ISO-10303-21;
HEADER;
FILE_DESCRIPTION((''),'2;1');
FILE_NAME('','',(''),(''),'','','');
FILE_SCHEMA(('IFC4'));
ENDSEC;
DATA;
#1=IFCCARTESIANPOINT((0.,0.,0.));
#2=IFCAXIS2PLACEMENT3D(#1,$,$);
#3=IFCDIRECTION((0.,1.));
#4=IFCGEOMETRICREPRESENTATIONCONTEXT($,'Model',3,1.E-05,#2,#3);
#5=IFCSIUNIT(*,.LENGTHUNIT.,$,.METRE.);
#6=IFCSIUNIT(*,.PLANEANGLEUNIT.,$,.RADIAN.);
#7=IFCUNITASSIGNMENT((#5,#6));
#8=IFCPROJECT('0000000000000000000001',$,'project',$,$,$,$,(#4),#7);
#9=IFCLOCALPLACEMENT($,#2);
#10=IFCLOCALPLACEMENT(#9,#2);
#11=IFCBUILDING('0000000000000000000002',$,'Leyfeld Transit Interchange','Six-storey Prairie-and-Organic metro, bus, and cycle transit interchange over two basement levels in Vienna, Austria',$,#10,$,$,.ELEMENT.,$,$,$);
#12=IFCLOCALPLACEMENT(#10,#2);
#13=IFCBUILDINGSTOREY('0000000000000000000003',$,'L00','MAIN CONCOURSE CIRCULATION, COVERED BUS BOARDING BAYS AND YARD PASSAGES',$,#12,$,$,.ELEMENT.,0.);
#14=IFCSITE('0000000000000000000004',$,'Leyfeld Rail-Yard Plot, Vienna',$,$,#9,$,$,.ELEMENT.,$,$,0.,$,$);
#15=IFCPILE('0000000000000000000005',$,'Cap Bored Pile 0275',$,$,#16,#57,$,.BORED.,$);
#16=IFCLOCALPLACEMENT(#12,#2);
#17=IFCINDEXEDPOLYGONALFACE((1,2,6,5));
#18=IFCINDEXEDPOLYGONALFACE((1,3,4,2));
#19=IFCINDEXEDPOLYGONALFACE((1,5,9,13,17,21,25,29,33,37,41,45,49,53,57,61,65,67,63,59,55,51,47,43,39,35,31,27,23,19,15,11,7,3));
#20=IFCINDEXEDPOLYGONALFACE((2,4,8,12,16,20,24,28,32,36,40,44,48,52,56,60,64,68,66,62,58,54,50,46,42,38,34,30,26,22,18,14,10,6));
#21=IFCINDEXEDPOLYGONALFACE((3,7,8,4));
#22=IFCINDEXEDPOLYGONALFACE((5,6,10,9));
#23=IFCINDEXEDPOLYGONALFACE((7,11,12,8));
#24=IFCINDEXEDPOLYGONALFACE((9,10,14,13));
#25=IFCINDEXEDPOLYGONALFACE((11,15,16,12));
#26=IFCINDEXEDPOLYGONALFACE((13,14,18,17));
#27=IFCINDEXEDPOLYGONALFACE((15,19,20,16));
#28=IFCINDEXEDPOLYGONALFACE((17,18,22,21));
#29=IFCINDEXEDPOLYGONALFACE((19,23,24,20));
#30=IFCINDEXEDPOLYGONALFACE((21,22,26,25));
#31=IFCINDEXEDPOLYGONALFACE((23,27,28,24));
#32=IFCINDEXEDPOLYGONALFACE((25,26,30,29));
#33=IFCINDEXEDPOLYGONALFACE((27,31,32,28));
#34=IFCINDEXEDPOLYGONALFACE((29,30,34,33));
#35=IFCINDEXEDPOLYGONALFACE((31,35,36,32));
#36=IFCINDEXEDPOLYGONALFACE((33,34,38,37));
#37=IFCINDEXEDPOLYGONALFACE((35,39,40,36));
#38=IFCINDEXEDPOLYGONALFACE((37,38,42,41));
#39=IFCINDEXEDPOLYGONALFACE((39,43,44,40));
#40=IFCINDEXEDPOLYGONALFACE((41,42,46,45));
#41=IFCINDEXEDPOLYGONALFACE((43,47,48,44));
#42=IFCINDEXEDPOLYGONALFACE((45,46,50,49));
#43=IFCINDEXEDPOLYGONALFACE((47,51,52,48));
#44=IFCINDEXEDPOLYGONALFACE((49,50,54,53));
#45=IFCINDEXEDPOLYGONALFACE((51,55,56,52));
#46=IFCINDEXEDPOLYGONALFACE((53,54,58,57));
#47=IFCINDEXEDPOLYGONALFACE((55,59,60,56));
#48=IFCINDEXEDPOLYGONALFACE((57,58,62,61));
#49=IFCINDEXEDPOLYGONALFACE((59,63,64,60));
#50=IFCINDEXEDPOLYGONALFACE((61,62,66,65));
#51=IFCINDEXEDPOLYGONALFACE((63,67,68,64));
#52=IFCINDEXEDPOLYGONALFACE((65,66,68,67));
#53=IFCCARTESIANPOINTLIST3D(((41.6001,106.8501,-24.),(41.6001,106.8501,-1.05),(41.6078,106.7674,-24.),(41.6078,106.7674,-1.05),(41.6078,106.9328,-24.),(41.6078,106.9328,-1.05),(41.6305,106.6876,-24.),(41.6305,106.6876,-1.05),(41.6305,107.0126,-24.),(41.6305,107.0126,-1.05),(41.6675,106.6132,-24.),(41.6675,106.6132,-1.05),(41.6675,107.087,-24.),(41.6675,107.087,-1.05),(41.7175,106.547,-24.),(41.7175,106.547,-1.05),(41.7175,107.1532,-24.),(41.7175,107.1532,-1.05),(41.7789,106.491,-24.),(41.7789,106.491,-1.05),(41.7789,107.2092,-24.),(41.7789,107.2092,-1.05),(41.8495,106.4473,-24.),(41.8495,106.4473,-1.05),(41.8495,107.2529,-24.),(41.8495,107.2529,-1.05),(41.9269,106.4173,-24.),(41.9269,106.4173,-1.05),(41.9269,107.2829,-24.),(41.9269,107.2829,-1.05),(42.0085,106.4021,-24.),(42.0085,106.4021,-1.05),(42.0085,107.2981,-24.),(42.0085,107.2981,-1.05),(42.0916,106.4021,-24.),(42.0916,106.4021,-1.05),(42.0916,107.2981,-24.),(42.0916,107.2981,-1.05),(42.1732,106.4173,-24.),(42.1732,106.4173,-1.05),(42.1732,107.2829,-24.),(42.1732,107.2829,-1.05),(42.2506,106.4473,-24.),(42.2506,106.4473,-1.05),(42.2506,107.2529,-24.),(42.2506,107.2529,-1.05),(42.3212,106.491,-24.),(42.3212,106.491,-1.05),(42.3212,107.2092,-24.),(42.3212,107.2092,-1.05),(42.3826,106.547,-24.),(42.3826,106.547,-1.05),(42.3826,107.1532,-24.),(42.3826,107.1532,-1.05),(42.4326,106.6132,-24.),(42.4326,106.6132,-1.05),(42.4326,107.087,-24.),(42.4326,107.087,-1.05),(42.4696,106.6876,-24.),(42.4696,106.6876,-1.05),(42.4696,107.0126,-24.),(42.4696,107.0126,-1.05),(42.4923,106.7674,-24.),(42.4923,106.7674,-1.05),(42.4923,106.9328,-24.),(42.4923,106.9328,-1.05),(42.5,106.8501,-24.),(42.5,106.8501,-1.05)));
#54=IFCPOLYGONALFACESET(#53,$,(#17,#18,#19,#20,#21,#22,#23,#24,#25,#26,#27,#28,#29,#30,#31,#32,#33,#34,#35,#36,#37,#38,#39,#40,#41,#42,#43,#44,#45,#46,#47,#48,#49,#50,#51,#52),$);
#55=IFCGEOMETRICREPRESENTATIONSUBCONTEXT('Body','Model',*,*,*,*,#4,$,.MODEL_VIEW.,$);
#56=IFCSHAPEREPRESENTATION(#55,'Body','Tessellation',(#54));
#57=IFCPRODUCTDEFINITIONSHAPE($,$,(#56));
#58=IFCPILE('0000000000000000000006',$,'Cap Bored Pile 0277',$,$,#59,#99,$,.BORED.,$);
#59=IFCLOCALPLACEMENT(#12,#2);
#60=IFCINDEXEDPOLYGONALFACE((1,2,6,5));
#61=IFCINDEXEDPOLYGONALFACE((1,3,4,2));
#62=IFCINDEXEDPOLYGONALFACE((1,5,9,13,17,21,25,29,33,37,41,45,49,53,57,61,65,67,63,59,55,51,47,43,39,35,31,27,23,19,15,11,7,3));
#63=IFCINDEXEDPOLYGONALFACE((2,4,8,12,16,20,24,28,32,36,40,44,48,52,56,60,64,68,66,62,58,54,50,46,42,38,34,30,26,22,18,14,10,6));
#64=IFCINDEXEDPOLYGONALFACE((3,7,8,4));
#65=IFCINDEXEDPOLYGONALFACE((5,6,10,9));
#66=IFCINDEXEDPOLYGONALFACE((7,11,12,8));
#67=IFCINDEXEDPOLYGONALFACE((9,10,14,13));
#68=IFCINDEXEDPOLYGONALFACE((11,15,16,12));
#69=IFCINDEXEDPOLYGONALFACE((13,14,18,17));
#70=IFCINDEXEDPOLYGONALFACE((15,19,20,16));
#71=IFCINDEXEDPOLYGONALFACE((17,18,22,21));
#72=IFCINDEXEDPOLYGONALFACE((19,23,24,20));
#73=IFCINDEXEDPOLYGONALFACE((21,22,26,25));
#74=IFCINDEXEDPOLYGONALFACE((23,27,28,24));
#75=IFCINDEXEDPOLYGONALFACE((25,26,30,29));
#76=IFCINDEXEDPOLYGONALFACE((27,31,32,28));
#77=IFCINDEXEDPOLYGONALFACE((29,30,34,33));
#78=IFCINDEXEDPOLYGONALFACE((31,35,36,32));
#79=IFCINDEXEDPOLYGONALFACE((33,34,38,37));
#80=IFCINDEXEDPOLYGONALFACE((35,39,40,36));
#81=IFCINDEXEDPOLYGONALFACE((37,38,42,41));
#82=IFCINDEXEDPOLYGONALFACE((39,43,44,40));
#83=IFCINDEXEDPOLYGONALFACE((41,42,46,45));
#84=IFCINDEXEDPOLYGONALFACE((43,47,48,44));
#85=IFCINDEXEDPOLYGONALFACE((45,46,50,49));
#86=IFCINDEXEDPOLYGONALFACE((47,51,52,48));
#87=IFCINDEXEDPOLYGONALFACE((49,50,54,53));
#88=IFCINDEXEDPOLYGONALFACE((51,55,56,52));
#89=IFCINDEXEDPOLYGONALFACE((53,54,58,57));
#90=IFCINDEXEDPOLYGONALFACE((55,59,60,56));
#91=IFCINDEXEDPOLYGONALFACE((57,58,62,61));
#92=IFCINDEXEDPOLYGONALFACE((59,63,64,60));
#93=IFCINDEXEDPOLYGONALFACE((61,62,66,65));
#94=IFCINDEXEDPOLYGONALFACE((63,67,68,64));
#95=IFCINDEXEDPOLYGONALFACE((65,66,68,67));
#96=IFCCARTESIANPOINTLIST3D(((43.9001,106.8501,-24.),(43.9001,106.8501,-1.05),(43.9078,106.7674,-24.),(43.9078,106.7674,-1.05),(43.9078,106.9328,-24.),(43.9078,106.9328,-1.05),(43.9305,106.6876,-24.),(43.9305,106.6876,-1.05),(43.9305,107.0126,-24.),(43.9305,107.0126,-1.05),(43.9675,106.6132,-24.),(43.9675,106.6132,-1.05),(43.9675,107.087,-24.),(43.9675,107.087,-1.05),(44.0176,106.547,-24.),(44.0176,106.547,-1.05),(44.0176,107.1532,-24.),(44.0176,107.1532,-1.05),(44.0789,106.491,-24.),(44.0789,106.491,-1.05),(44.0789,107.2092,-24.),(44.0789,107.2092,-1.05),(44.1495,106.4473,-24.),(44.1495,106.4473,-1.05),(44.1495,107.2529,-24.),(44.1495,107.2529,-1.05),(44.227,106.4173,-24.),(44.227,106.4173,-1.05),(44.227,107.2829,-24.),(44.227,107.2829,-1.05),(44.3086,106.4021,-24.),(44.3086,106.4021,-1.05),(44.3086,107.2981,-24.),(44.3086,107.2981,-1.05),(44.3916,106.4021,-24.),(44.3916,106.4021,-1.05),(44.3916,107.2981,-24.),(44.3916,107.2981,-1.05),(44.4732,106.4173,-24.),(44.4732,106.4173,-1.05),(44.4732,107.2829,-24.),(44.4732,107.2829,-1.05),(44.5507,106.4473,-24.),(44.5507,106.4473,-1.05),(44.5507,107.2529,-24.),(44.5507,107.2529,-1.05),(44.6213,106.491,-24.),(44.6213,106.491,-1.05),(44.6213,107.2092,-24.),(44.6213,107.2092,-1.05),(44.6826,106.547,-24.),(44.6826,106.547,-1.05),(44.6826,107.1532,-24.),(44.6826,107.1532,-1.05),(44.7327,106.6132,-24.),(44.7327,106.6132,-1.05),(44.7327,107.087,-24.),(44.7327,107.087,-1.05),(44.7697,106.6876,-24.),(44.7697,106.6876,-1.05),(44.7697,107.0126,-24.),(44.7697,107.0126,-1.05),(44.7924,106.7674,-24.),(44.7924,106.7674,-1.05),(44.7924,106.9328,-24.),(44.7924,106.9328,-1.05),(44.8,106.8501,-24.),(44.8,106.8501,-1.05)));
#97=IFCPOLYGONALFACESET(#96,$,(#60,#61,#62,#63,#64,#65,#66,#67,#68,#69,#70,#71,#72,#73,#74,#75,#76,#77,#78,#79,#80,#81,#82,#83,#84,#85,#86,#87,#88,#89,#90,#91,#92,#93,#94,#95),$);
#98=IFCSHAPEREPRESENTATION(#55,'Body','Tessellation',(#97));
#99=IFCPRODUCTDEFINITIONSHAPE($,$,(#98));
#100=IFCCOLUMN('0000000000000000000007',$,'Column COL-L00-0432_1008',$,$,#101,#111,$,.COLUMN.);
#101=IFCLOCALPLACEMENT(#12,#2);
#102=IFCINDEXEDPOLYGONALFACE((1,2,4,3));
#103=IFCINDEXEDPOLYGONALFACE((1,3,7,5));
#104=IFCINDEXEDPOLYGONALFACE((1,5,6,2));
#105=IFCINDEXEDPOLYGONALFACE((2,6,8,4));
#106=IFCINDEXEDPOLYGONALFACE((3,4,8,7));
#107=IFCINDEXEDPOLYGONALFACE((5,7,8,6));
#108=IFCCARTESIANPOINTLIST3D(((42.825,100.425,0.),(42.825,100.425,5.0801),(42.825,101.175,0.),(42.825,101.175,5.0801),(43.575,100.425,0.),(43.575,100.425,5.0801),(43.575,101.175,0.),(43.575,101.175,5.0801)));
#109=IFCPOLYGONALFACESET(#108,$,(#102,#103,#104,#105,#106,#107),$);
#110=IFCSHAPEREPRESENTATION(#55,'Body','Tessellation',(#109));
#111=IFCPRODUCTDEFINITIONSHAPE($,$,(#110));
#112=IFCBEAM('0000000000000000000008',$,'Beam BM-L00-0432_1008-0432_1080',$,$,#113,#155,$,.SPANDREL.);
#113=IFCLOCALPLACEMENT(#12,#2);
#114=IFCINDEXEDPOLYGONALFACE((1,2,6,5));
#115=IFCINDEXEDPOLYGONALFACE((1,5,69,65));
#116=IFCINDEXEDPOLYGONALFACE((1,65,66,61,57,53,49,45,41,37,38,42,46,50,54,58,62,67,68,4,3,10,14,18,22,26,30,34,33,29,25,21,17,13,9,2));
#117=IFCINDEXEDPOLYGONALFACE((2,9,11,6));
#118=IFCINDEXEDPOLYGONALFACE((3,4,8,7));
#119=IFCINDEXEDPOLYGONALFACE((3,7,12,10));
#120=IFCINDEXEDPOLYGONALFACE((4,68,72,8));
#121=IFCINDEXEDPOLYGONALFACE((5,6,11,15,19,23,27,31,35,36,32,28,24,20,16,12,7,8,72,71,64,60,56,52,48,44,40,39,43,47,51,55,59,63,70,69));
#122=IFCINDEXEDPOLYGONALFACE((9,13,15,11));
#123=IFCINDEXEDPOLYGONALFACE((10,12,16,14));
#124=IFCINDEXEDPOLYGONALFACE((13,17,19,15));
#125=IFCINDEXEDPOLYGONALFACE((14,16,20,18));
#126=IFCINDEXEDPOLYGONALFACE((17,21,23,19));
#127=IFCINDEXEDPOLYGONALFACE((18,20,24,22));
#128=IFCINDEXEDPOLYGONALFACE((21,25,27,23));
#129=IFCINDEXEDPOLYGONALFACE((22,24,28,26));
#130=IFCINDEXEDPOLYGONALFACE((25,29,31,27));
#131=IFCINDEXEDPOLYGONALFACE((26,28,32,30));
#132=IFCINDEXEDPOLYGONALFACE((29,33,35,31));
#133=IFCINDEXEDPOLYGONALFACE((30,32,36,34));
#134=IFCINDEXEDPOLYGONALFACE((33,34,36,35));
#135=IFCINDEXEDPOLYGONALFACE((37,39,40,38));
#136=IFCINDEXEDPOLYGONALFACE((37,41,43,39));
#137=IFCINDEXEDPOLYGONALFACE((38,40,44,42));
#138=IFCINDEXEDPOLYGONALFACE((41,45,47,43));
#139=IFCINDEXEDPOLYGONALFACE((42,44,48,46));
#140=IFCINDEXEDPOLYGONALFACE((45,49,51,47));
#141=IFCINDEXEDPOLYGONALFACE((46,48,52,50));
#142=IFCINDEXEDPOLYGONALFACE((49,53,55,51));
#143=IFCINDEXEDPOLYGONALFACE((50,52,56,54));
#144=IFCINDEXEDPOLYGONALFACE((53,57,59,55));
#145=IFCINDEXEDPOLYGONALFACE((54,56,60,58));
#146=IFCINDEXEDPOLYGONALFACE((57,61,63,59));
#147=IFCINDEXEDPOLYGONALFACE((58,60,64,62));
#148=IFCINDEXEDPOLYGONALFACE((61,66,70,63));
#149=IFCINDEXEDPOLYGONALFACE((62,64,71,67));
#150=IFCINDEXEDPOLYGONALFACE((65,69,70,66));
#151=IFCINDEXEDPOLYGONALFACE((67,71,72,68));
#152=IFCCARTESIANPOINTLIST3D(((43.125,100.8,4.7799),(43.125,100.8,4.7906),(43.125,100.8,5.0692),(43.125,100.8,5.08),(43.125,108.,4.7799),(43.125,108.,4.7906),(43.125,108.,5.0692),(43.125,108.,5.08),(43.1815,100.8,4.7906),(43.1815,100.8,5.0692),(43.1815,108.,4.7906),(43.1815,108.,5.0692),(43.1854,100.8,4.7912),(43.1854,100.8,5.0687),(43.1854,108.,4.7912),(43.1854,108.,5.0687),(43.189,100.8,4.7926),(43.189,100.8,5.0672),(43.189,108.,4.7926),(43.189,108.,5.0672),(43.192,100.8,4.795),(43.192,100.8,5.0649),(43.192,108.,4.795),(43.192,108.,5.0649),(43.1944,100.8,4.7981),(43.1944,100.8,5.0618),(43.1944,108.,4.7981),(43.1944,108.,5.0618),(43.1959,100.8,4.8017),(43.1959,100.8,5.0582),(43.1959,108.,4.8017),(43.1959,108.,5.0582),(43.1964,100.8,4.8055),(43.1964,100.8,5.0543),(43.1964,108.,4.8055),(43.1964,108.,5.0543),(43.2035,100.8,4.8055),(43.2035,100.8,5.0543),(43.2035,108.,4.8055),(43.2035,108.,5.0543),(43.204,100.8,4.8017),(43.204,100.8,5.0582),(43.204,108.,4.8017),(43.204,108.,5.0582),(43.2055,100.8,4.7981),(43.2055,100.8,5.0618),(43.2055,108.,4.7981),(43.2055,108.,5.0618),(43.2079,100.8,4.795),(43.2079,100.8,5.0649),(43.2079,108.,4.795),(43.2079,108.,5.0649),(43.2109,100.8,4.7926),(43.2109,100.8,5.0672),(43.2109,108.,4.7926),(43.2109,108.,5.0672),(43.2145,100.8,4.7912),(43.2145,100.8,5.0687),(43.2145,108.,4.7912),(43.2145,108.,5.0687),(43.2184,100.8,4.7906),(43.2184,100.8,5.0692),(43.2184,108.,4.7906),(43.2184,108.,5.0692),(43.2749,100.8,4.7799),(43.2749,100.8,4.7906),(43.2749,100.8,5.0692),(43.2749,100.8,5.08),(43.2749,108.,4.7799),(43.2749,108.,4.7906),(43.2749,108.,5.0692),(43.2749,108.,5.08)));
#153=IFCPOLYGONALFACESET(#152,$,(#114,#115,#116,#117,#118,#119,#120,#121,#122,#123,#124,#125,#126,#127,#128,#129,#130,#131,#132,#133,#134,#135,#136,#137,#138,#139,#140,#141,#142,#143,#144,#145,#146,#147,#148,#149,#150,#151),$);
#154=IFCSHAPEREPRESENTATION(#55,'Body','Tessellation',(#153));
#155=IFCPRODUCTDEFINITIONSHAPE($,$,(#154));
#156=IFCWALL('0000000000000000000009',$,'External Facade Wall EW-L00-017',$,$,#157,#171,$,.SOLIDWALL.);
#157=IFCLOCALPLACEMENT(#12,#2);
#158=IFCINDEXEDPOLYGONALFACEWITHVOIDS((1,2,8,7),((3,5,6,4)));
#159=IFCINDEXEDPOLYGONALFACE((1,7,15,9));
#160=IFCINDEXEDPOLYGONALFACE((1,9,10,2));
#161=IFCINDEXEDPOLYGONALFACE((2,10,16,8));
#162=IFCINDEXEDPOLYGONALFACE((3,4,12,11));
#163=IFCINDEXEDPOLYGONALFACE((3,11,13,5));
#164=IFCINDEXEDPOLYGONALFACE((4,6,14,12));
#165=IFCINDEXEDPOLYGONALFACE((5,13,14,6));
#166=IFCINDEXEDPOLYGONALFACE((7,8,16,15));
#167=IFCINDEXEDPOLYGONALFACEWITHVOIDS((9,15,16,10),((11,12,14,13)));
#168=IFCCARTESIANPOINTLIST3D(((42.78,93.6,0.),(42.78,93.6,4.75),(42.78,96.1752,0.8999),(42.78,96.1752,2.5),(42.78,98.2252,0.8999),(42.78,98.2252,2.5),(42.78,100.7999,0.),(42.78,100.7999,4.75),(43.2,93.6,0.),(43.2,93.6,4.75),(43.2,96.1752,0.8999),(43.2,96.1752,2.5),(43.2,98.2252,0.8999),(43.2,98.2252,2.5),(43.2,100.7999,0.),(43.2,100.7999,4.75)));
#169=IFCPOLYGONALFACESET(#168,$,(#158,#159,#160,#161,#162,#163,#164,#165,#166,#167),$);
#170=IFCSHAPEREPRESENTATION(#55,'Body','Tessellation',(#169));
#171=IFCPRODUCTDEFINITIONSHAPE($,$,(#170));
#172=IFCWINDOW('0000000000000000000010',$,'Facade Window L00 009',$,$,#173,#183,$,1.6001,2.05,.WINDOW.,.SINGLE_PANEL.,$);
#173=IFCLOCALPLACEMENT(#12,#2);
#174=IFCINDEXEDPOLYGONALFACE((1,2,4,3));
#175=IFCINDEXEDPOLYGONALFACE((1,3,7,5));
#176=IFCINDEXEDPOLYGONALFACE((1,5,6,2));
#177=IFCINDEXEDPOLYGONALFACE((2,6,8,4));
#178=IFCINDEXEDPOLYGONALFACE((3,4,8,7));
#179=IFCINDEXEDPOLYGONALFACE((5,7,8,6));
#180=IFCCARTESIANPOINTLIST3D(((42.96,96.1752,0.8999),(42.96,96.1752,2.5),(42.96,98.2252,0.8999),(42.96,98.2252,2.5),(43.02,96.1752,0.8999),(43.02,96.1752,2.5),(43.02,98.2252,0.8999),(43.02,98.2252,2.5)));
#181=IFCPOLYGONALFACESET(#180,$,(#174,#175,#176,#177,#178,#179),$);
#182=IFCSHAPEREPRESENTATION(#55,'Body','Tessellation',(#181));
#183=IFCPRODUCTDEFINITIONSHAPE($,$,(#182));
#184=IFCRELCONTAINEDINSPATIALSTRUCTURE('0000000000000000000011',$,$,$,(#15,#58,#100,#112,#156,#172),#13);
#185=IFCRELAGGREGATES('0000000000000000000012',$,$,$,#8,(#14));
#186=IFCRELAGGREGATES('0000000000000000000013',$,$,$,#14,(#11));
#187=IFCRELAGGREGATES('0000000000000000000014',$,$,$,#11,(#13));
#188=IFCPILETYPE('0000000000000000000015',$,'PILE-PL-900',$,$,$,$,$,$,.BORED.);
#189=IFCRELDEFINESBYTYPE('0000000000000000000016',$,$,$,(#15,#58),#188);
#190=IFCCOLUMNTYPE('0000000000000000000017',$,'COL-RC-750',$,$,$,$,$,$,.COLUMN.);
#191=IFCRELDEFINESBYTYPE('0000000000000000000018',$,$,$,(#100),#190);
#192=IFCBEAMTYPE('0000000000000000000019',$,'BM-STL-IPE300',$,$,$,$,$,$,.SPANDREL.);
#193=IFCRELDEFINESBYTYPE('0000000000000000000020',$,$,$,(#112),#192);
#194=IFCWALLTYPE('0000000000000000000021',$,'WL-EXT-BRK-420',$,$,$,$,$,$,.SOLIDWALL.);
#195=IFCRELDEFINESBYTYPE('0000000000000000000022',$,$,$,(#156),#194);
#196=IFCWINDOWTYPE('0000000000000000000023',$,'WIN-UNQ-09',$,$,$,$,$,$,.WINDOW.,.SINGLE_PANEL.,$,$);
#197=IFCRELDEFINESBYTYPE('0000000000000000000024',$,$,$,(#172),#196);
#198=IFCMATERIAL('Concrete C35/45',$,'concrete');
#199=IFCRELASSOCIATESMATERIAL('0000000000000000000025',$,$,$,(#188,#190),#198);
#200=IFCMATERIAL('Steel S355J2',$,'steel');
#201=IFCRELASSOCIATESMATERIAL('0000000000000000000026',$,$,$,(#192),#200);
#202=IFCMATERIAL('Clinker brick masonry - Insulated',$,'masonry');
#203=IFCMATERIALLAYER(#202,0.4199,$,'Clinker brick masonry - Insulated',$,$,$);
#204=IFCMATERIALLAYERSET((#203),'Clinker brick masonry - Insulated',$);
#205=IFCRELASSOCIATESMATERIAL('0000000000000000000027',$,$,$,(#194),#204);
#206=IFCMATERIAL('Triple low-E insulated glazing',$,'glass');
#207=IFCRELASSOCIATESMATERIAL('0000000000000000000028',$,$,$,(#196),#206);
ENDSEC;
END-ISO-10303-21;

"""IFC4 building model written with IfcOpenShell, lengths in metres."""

from ifc_helpers import new_model, si_unit, direction, frame, frame_2d, origin, origin_2d, place, context, subcontext, project, spatial, rectangle, circle, i_section, extrude, material, layer, layer_set, material_profile, profile_set, type_object, element, fill, save


model = new_model("IFC4")

# Units and contexts
model_context = context("Model", 3, precision=1e-05, world=origin(), true_north=direction((0.0, 1.0)))
body_context = subcontext(model_context, "Body", "Model", "MODEL_VIEW")
ifc_project = project(units=[si_unit("LENGTHUNIT", "METRE"), si_unit("PLANEANGLEUNIT", "RADIAN")], contexts=[model_context])

# Site, building, storey
site_placement = place(None, origin())
site = spatial("IfcSite", under=ifc_project, at=site_placement, Name="Leyfeld Rail-Yard Plot, Vienna", CompositionType="ELEMENT", RefElevation=0.0)
building_placement = place(site_placement, origin())
building = spatial("IfcBuilding", under=site, at=building_placement, Name="Leyfeld Transit Interchange", Description="Six-storey Prairie-and-Organic metro, bus, and cycle transit interchange over two basement levels in Vienna, Austria", CompositionType="ELEMENT")
storey_placement = place(building_placement, origin())
storey = spatial("IfcBuildingStorey", under=building, at=storey_placement, Name="L00", Description="MAIN CONCOURSE CIRCULATION, COVERED BUS BOARDING BAYS AND YARD PASSAGES", CompositionType="ELEMENT", Elevation=0.0)

# Shared definitions
ifc_material_1 = material(Name="Concrete C35/45", Category="concrete")

# Piles
ifc_material_profile_1 = material_profile(ifc_material_1, circle(Radius=0.45, at=origin_2d()), Name="PILE D900")
ifc_profile_set_1 = profile_set([ifc_material_profile_1], Name="Concrete C35/45")
pile_type = type_object("IfcPileType", Name="PILE-PL-900", PredefinedType="BORED", material=ifc_profile_set_1)
for number, where, z_axis, x_axis, name in (
    (1, (42.05, 106.8501, -1.05), (0.0, 0.0, -1.0), (1.0, 0.0, 0.0), "Cap Bored Pile 0275"),
    (2, (44.3501, 106.8501, -1.05), (0.0, 0.0, -1.0), (1.0, 0.0, 0.0), "Cap Bored Pile 0277"),
):
    element("IfcPile", number, at=place(storey_placement, frame(where, z_axis=z_axis, x_axis=x_axis)), inside=storey, type_object=pile_type, Name=name, PredefinedType="BORED", context=body_context, shape_type="SweptSolid", body=[
        extrude(circle(Radius=0.45, at=origin_2d()), origin(), (0.0, 0.0, 1.0), 22.95),
    ])

# Column
ifc_material_profile_2 = material_profile(ifc_material_1, rectangle(XDim=0.75, YDim=0.75, at=origin_2d()), Name="RC 750x750")
ifc_profile_set_2 = profile_set([ifc_material_profile_2], Name="Concrete C35/45")
column_type = type_object("IfcColumnType", Name="COL-RC-750", PredefinedType="COLUMN", material=ifc_profile_set_2)
column_placement = place(storey_placement, frame((43.2, 100.8, 0.0), z_axis=(0.0, 0.0, 1.0), x_axis=(1.0, 0.0, 0.0)))
element("IfcColumn", 3, at=column_placement, inside=storey, type_object=column_type, Name="Column COL-L00-0432_1008", PredefinedType="COLUMN", context=body_context, shape_type="SweptSolid", body=[
    extrude(rectangle(XDim=0.75, YDim=0.75, at=origin_2d()), origin(), (0.0, 0.0, 1.0), 5.0801),
])

# Beam
ifc_material_2 = material(Name="Steel S355J2", Category="steel")
ifc_material_profile_3 = material_profile(ifc_material_2, i_section(OverallWidth=0.1499, OverallDepth=0.3, WebThickness=0.0071, FlangeThickness=0.0107, FilletRadius=0.0149, at=origin_2d()), Name="IPE 300")
ifc_profile_set_3 = profile_set([ifc_material_profile_3], Name="Steel S355J2")
beam_type = type_object("IfcBeamType", Name="BM-STL-IPE300", PredefinedType="SPANDREL", material=ifc_profile_set_3)
beam_placement = place(storey_placement, frame((43.2, 100.8, 4.9299), z_axis=(0.0, 1.0, 0.0), x_axis=(-1.0, 0.0, 0.0)))
element("IfcBeam", 4, at=beam_placement, inside=storey, type_object=beam_type, Name="Beam BM-L00-0432_1008-0432_1080", PredefinedType="SPANDREL", context=body_context, shape_type="SweptSolid", body=[
    extrude(i_section(OverallWidth=0.1499, OverallDepth=0.3, WebThickness=0.0071, FlangeThickness=0.0107, FilletRadius=0.0149, at=origin_2d()), origin(), (0.0, 0.0, 1.0), 7.2),
])

# Wall, opening, window
ifc_material_3 = material(Name="Clinker brick masonry - Insulated", Category="masonry")
ifc_layer_1 = layer(ifc_material_3, 0.4199, Name="Clinker brick masonry - Insulated")
ifc_layer_set_1 = layer_set([ifc_layer_1], Name="Clinker brick masonry - Insulated")
wall_type = type_object("IfcWallType", Name="WL-EXT-BRK-420", PredefinedType="SOLIDWALL", material=ifc_layer_set_1)
wall_placement = place(storey_placement, frame((42.99, 100.8, 0.0), z_axis=(0.0, 0.0, 1.0), x_axis=(0.0, -1.0, 0.0)))
wall = element("IfcWall", 5, at=wall_placement, inside=storey, type_object=wall_type, Name="External Facade Wall EW-L00-017", PredefinedType="SOLIDWALL", context=body_context, shape_type="SweptSolid", body=[
    extrude(rectangle(XDim=7.2, YDim=0.4199, at=frame_2d((3.6001, 0.0))), origin(), (0.0, 0.0, 1.0), 4.75),
])
opening_placement = place(wall_placement, frame((2.575, 0.0, 0.8999)))
opening = element("IfcOpeningElement", 6, at=opening_placement, cuts=wall, PredefinedType="OPENING", context=body_context, shape_type="SweptSolid", body=[
    extrude(rectangle(XDim=2.05, YDim=1.6001, at=frame_2d((1.0249, 0.8))), frame((0.0, 0.22, 0.0), z_axis=(0.0, -1.0, 0.0), x_axis=(1.0, 0.0, 0.0)), (0.0, 0.0, 1.0), 0.4399),
])
ifc_material_4 = material(Name="Triple low-E insulated glazing", Category="glass")
window_type = type_object("IfcWindowType", Name="WIN-UNQ-09", PartitioningType="SINGLE_PANEL", PredefinedType="WINDOW", material=ifc_material_4)
window_placement = place(opening_placement, origin())
window = element("IfcWindow", 7, at=window_placement, inside=storey, type_object=window_type, Name="Facade Window L00 009", OverallHeight=1.6001, OverallWidth=2.05, PartitioningType="SINGLE_PANEL", PredefinedType="WINDOW", context=body_context, shape_type="SweptSolid", body=[
    extrude(rectangle(XDim=2.05, YDim=1.6001, at=frame_2d((1.0249, 0.8))), frame((0.0, 0.03, 0.0), z_axis=(0.0, -1.0, 0.0), x_axis=(1.0, 0.0, 0.0)), (0.0, 0.0, 1.0), 0.0601),
])
fill(opening, window)

save(model, "model.ifc")
